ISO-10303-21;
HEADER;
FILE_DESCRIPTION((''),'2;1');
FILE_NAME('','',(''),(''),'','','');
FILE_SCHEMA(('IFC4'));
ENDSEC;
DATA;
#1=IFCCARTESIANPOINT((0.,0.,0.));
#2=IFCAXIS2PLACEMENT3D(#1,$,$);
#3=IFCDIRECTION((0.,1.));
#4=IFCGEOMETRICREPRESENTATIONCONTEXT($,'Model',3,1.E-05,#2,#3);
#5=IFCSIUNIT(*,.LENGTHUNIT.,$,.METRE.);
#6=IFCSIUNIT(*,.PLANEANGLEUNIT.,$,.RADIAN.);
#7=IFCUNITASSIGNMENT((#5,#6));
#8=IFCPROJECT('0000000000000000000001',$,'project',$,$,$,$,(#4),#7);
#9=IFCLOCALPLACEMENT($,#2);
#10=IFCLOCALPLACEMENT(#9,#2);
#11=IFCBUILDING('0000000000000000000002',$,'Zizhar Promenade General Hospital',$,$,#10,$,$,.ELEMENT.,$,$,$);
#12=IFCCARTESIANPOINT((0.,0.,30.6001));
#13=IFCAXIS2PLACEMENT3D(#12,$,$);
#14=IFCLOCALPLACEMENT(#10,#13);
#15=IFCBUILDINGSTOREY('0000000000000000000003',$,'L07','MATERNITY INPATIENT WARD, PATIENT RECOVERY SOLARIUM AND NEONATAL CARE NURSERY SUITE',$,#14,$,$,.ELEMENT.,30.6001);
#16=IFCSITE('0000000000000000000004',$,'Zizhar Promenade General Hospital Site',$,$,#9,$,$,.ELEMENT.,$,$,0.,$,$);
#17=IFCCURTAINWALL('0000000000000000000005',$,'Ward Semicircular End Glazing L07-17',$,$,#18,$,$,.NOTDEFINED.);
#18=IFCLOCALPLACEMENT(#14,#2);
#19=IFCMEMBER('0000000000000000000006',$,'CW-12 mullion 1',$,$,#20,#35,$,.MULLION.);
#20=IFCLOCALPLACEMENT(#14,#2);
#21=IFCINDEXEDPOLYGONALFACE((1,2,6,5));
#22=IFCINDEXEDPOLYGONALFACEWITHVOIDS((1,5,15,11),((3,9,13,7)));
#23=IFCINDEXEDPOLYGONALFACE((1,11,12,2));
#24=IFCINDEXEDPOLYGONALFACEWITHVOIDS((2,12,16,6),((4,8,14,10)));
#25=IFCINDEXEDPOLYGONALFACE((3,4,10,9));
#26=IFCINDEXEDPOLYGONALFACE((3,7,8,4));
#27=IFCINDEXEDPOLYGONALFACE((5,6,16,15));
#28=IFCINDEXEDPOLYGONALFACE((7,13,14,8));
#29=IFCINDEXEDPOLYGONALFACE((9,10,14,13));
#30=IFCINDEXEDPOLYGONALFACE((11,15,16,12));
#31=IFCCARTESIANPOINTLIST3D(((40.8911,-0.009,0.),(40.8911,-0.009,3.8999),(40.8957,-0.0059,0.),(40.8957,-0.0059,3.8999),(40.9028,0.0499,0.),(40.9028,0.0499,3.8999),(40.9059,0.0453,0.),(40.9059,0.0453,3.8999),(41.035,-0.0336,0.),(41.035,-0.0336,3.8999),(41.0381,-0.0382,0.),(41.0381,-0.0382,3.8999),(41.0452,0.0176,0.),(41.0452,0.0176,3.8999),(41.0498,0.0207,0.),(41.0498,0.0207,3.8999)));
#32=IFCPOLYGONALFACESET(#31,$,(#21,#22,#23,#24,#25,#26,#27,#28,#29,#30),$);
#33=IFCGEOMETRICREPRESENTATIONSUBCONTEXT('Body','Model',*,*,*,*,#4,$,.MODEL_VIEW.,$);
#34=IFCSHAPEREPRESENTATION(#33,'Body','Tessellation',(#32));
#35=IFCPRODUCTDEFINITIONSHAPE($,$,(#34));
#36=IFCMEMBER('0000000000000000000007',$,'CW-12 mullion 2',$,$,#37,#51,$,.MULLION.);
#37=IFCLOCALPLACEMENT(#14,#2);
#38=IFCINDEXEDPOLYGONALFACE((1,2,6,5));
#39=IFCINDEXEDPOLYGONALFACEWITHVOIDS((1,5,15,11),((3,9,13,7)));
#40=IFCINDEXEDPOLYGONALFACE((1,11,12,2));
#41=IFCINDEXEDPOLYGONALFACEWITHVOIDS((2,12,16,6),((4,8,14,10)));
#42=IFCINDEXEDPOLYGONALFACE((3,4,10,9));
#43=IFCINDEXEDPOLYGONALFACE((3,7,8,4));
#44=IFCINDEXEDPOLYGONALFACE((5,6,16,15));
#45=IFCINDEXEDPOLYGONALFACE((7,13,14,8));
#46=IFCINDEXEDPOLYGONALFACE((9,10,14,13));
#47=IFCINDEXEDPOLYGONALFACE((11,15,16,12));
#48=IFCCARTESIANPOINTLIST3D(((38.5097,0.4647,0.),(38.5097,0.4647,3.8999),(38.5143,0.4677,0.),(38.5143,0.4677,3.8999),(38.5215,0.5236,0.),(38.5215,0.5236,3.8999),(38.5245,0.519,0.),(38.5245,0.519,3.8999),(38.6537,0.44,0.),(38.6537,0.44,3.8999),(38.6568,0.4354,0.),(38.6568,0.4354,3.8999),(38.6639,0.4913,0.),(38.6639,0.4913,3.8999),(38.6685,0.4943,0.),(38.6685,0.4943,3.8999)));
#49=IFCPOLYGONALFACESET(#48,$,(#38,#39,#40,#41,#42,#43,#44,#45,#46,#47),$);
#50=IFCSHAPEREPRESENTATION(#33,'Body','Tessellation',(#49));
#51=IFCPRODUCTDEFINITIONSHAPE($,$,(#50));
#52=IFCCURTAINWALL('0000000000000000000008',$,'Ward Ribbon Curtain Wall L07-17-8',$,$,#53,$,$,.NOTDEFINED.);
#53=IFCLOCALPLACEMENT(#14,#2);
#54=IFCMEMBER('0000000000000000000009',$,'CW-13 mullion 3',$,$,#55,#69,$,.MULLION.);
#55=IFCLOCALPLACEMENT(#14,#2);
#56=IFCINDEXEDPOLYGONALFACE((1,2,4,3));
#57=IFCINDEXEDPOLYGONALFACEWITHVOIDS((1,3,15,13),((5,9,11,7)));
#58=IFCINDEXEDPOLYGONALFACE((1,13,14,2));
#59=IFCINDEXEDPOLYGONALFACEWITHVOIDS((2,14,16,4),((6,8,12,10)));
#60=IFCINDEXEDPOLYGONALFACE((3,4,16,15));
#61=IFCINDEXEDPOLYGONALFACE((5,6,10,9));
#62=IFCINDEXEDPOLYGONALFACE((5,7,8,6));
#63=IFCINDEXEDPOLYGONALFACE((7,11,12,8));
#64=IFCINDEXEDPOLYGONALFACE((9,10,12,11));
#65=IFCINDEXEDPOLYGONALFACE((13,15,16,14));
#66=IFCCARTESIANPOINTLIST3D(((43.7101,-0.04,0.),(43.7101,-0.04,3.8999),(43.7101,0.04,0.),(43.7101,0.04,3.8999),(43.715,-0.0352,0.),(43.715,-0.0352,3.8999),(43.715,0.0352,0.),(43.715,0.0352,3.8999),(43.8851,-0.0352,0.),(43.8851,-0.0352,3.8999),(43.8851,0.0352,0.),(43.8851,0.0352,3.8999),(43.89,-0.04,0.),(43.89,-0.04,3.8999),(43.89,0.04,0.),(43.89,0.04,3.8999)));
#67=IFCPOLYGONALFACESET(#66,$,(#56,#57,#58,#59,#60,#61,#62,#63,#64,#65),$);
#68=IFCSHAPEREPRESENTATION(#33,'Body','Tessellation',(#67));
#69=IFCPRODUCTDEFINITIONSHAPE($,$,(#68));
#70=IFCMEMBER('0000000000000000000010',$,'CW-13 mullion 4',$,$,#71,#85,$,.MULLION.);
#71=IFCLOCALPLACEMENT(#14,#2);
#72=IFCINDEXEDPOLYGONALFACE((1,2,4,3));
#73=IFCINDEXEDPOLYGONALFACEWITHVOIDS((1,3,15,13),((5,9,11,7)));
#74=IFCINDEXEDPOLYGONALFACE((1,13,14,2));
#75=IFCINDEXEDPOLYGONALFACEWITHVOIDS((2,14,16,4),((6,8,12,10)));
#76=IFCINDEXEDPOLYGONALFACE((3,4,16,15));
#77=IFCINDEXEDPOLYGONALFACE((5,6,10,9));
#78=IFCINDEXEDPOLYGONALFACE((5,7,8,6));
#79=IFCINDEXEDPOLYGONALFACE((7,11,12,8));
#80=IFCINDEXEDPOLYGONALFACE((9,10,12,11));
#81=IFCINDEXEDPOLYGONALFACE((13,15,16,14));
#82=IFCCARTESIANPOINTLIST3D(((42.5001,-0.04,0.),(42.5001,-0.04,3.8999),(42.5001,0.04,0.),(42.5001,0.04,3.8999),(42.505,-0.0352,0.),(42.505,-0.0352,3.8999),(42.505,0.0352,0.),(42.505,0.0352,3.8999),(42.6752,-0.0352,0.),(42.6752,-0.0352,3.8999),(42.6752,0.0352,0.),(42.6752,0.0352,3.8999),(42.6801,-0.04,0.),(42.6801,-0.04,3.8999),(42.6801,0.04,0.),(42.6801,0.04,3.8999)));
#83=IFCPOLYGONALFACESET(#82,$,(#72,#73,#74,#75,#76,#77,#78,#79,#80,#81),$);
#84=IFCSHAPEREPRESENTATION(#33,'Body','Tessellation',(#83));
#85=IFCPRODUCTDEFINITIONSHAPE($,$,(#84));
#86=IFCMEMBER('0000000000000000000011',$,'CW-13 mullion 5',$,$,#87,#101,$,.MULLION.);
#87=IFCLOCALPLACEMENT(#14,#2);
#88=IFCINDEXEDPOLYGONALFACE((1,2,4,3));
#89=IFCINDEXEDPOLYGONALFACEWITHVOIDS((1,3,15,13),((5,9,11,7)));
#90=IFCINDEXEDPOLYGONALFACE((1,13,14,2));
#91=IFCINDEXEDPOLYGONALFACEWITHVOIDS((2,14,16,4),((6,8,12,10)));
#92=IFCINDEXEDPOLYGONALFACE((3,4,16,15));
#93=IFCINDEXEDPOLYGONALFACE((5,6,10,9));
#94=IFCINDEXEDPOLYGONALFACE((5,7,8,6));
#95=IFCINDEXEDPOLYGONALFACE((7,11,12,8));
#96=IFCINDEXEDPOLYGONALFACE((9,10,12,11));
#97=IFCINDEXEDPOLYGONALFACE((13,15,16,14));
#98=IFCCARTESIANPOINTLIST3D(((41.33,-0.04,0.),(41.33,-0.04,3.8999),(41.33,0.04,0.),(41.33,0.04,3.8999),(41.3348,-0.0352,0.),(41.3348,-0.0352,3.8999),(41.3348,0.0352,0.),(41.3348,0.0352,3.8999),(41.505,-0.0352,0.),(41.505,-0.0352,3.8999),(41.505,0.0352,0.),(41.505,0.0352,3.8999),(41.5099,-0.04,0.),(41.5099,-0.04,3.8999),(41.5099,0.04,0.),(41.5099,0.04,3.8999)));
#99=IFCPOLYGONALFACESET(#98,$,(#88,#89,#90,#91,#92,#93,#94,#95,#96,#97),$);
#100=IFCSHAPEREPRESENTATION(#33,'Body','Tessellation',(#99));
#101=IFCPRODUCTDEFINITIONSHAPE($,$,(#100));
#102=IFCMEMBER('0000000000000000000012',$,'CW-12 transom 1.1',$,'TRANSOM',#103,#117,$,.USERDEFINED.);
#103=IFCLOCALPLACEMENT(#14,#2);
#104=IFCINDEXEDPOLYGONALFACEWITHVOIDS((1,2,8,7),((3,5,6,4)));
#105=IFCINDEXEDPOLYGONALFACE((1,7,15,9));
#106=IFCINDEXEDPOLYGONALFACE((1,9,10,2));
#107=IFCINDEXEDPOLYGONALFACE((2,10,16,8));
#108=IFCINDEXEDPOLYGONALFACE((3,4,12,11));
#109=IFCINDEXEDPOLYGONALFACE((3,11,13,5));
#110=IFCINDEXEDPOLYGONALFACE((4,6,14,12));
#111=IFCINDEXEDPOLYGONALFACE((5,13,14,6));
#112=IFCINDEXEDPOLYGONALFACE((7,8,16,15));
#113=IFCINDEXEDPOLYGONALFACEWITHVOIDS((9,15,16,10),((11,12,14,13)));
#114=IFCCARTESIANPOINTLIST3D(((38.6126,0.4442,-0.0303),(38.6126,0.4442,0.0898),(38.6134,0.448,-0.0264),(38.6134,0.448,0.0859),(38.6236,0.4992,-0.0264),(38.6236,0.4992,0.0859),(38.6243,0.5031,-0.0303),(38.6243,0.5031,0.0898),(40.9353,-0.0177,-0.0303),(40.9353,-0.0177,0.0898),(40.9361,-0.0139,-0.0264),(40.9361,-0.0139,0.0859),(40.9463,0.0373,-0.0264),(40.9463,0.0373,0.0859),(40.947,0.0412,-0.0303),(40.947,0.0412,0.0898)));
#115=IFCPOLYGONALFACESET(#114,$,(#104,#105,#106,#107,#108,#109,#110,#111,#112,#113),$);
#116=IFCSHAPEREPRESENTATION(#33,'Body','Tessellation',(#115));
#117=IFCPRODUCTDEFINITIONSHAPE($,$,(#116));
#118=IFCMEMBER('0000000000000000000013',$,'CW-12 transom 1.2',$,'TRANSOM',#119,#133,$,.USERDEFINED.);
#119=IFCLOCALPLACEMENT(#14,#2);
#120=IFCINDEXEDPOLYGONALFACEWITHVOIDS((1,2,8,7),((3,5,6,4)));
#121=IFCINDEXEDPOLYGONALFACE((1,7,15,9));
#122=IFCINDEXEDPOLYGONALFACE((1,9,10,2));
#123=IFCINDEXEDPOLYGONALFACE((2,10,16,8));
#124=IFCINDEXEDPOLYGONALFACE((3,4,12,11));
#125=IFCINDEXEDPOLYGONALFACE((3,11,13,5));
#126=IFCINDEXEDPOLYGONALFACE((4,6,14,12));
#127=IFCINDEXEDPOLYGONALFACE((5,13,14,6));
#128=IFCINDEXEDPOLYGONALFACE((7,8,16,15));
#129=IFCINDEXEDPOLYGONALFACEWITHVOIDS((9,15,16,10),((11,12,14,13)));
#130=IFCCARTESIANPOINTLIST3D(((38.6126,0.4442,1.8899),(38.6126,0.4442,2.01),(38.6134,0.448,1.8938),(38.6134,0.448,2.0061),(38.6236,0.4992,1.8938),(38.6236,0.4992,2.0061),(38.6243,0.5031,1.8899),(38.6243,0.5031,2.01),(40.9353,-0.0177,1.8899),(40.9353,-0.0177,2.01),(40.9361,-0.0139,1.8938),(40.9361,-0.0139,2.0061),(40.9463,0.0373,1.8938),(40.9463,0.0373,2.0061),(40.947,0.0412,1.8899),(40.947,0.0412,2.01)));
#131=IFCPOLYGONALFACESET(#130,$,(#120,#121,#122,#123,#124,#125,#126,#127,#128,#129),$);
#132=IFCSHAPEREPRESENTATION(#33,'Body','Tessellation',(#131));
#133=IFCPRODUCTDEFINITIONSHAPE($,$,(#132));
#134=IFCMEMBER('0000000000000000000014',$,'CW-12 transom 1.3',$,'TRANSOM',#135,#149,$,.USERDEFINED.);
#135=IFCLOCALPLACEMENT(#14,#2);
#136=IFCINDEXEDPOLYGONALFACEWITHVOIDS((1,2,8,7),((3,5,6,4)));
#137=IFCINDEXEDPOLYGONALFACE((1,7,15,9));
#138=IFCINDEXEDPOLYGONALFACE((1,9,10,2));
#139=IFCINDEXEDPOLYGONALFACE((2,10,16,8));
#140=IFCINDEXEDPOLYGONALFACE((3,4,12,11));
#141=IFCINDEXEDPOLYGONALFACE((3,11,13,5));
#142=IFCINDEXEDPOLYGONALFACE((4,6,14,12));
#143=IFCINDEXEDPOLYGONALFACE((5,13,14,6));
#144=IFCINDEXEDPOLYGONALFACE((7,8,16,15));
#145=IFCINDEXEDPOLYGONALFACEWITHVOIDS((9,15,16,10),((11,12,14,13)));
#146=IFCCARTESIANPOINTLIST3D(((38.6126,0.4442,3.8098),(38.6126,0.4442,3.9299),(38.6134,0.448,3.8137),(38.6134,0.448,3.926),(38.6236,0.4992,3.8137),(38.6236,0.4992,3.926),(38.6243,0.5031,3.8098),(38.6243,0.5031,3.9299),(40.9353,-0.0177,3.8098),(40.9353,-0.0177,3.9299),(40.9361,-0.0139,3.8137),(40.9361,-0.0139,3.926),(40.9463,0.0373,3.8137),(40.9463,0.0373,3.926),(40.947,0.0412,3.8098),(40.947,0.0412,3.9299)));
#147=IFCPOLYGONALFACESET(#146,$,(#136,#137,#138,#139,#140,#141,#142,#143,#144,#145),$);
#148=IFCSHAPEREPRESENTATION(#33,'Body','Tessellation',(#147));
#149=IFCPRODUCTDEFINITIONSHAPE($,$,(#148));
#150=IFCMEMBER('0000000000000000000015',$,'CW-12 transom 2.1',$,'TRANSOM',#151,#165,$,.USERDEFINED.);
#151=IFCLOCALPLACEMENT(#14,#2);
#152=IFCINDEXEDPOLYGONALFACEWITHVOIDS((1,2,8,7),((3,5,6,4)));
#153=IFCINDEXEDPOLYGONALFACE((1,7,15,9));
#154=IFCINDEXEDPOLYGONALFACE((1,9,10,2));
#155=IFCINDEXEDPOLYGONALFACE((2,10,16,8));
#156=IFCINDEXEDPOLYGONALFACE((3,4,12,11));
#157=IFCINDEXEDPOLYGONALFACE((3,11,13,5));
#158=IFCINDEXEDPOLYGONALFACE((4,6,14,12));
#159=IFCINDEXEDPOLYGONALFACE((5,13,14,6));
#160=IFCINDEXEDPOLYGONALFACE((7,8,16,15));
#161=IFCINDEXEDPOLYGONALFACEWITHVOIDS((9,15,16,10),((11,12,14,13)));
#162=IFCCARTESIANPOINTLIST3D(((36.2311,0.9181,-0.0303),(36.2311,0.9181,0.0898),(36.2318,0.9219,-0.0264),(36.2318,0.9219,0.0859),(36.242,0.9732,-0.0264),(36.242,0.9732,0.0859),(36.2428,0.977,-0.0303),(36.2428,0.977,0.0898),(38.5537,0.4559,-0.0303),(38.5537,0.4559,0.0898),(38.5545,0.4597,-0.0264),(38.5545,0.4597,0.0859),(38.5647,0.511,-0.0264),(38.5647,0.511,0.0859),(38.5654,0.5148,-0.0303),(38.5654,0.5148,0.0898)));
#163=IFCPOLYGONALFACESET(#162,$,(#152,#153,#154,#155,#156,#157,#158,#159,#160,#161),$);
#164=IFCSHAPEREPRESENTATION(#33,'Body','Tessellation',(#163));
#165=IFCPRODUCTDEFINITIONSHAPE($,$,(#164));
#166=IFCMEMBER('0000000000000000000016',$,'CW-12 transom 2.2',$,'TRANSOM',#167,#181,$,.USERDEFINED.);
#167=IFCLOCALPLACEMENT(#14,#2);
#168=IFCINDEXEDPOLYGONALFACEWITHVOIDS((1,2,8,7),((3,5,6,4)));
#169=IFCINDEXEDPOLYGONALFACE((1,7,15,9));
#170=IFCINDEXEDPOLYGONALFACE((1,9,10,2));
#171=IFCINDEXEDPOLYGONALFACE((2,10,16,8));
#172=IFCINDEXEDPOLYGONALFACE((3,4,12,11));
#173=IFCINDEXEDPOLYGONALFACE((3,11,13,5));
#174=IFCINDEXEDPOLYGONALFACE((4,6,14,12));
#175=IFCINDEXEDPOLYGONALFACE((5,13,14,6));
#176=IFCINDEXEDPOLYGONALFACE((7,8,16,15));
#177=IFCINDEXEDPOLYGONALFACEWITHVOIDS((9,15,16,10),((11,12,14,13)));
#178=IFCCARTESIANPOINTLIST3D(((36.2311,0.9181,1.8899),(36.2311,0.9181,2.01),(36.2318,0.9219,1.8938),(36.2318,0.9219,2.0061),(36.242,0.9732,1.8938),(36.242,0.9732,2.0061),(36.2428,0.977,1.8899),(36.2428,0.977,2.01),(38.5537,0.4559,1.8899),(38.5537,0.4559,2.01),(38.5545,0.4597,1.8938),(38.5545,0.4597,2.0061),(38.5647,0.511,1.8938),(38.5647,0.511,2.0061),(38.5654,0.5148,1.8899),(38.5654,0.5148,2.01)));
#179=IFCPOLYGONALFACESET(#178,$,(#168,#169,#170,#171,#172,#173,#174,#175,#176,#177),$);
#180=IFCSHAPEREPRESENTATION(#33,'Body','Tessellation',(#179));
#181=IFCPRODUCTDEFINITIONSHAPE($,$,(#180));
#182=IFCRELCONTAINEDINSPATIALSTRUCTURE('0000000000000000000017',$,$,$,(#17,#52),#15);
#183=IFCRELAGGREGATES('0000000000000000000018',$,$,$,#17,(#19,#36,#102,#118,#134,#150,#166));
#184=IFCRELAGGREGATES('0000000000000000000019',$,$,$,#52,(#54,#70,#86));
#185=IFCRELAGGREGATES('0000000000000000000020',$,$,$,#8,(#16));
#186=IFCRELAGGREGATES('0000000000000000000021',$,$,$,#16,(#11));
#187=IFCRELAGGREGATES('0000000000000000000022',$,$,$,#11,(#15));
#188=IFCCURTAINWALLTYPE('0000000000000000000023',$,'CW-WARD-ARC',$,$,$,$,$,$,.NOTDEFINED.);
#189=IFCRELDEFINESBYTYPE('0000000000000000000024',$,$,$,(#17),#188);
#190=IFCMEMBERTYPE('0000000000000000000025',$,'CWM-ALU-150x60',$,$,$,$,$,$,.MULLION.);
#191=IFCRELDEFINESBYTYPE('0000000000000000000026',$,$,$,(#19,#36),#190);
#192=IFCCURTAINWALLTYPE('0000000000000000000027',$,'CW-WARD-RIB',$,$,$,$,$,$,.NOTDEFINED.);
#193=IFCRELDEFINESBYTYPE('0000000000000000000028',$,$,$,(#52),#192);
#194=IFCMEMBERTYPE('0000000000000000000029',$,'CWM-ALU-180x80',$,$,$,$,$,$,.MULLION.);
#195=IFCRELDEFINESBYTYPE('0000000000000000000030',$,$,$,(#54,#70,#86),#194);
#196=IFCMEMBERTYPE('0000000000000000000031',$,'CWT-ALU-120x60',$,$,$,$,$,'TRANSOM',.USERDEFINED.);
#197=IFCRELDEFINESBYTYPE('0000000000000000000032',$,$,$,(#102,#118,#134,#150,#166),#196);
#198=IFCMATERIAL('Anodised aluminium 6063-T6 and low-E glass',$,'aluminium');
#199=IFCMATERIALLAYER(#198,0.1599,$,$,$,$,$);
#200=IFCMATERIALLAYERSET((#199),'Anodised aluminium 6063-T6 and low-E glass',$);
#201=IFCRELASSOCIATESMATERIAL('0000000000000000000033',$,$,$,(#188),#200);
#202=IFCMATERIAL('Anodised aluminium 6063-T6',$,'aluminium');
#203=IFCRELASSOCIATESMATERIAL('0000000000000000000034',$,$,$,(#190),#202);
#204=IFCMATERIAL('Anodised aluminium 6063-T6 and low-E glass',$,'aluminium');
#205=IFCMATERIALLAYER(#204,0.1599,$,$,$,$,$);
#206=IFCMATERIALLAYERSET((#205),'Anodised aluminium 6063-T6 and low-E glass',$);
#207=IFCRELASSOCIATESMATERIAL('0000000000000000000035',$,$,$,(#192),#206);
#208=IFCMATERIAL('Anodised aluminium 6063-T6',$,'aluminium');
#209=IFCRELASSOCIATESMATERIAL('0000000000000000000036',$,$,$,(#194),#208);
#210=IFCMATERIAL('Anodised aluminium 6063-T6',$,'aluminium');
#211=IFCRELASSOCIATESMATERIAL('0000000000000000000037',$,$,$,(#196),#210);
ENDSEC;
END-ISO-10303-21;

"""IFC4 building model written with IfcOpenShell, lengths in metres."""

from ifc_helpers import new_model, si_unit, direction, frame, origin, origin_2d, place, context, subcontext, project, spatial, hollow_rectangle, extrude, material, layer, layer_set, material_profile, profile_set, type_object, element, aggregate, save


model = new_model("IFC4")

# Units and contexts
model_context = context("Model", 3, precision=1e-05, world=origin(), true_north=direction((0.0, 1.0)))
body_context = subcontext(model_context, "Body", "Model", "MODEL_VIEW")
ifc_project = project(units=[si_unit("LENGTHUNIT", "METRE"), si_unit("PLANEANGLEUNIT", "RADIAN")], contexts=[model_context])

# Site, building, storey
site_placement = place(None, origin())
site = spatial("IfcSite", under=ifc_project, at=site_placement, Name="Zizhar Promenade General Hospital Site", CompositionType="ELEMENT", RefElevation=0.0)
building_placement = place(site_placement, origin())
building = spatial("IfcBuilding", under=site, at=building_placement, Name="Zizhar Promenade General Hospital", CompositionType="ELEMENT")
storey_placement = place(building_placement, frame((0.0, 0.0, 30.6001)))
storey = spatial("IfcBuildingStorey", under=building, at=storey_placement, Name="L07", Description="MATERNITY INPATIENT WARD, PATIENT RECOVERY SOLARIUM AND NEONATAL CARE NURSERY SUITE", CompositionType="ELEMENT", Elevation=30.6001)

# Curtain walls, members
ifc_material_1 = material(Name="Anodised aluminium 6063-T6 and low-E glass", Category="aluminium")
ifc_layer_1 = layer(ifc_material_1, 0.1599)
ifc_layer_set_1 = layer_set([ifc_layer_1], Name="Anodised aluminium 6063-T6 and low-E glass")
curtain_wall_type_1 = type_object("IfcCurtainWallType", Name="CW-WARD-ARC", PredefinedType="NOTDEFINED", material=ifc_layer_set_1)
curtain_wall_1_placement = place(storey_placement, origin())
curtain_wall_1 = element("IfcCurtainWall", 1, at=curtain_wall_1_placement, inside=storey, type_object=curtain_wall_type_1, Name="Ward Semicircular End Glazing L07-17", PredefinedType="NOTDEFINED")
ifc_material_2 = material(Name="Anodised aluminium 6063-T6", Category="aluminium")
ifc_material_profile_1 = material_profile(ifc_material_2, hollow_rectangle(XDim=0.0601, YDim=0.1499, WallThickness=0.0039, at=origin_2d()))
ifc_profile_set_1 = profile_set([ifc_material_profile_1], Name="Anodised aluminium 6063-T6")
member_type_1 = type_object("IfcMemberType", Name="CWM-ALU-150x60", PredefinedType="MULLION", material=ifc_profile_set_1)
member_1_placement = place(storey_placement, frame((40.9705, 0.0059, 0.0), z_axis=(0.0, 0.0, 1.0), x_axis=(-0.195087, -0.980786, 0.0)))
member_1 = element("IfcMember", 2, at=member_1_placement, type_object=member_type_1, Name="CW-12 mullion 1", PredefinedType="MULLION", context=body_context, shape_type="SweptSolid", body=[
    extrude(hollow_rectangle(XDim=0.0601, YDim=0.1499, WallThickness=0.0039, at=origin_2d()), origin(), (0.0, 0.0, 1.0), 3.8999),
])
member_2_placement = place(storey_placement, frame((38.5891, 0.4795, 0.0), z_axis=(0.0, 0.0, 1.0), x_axis=(-0.195087, -0.980786, 0.0)))
member_2 = element("IfcMember", 3, at=member_2_placement, type_object=member_type_1, Name="CW-12 mullion 2", PredefinedType="MULLION", context=body_context, shape_type="SweptSolid", body=[
    extrude(hollow_rectangle(XDim=0.0601, YDim=0.1499, WallThickness=0.0039, at=origin_2d()), origin(), (0.0, 0.0, 1.0), 3.8999),
])
ifc_material_3 = material(Name="Anodised aluminium 6063-T6 and low-E glass", Category="aluminium")
ifc_layer_2 = layer(ifc_material_3, 0.1599)
ifc_layer_set_2 = layer_set([ifc_layer_2], Name="Anodised aluminium 6063-T6 and low-E glass")
curtain_wall_type_2 = type_object("IfcCurtainWallType", Name="CW-WARD-RIB", PredefinedType="NOTDEFINED", material=ifc_layer_set_2)
curtain_wall_2_placement = place(storey_placement, origin())
curtain_wall_2 = element("IfcCurtainWall", 4, at=curtain_wall_2_placement, inside=storey, type_object=curtain_wall_type_2, Name="Ward Ribbon Curtain Wall L07-17-8", PredefinedType="NOTDEFINED")
ifc_material_4 = material(Name="Anodised aluminium 6063-T6", Category="aluminium")
ifc_material_profile_2 = material_profile(ifc_material_4, hollow_rectangle(XDim=0.0801, YDim=0.1799, WallThickness=0.0049, at=origin_2d()))
ifc_profile_set_2 = profile_set([ifc_material_profile_2], Name="Anodised aluminium 6063-T6")
member_type_2 = type_object("IfcMemberType", Name="CWM-ALU-180x80", PredefinedType="MULLION", material=ifc_profile_set_2)
member_3_placement = place(storey_placement, frame((43.8, 0.0, 0.0), z_axis=(0.0, 0.0, 1.0), x_axis=(0.0, -1.0, 0.0)))
member_3 = element("IfcMember", 5, at=member_3_placement, type_object=member_type_2, Name="CW-13 mullion 3", PredefinedType="MULLION", context=body_context, shape_type="SweptSolid", body=[
    extrude(hollow_rectangle(XDim=0.0801, YDim=0.1799, WallThickness=0.0049, at=origin_2d()), origin(), (0.0, 0.0, 1.0), 3.8999),
])
member_4_placement = place(storey_placement, frame((42.5901, 0.0, 0.0), z_axis=(0.0, 0.0, 1.0), x_axis=(0.0, -1.0, 0.0)))
member_4 = element("IfcMember", 6, at=member_4_placement, type_object=member_type_2, Name="CW-13 mullion 4", PredefinedType="MULLION", context=body_context, shape_type="SweptSolid", body=[
    extrude(hollow_rectangle(XDim=0.0801, YDim=0.1799, WallThickness=0.0049, at=origin_2d()), origin(), (0.0, 0.0, 1.0), 3.8999),
])
member_5_placement = place(storey_placement, frame((41.4199, 0.0, 0.0), z_axis=(0.0, 0.0, 1.0), x_axis=(0.0, -1.0, 0.0)))
member_5 = element("IfcMember", 7, at=member_5_placement, type_object=member_type_2, Name="CW-13 mullion 5", PredefinedType="MULLION", context=body_context, shape_type="SweptSolid", body=[
    extrude(hollow_rectangle(XDim=0.0801, YDim=0.1799, WallThickness=0.0049, at=origin_2d()), origin(), (0.0, 0.0, 1.0), 3.8999),
])

# Members
ifc_material_5 = material(Name="Anodised aluminium 6063-T6", Category="aluminium")
ifc_material_profile_3 = material_profile(ifc_material_5, hollow_rectangle(XDim=0.0601, YDim=0.1201, WallThickness=0.0039, at=origin_2d()))
ifc_profile_set_3 = profile_set([ifc_material_profile_3], Name="Anodised aluminium 6063-T6")
member_type_3 = type_object("IfcMemberType", Name="CWT-ALU-120x60", ElementType="TRANSOM", PredefinedType="USERDEFINED", material=ifc_profile_set_3)
member_6_placement = place(storey_placement, frame((40.9412, 0.0117, 0.0298), z_axis=(-0.980794, 0.195045, 0.0), x_axis=(-0.195045, -0.980794, 0.0)))
member_6 = element("IfcMember", 8, at=member_6_placement, type_object=member_type_3, Name="CW-12 transom 1.1", ObjectType="TRANSOM", PredefinedType="USERDEFINED", context=body_context, shape_type="SweptSolid", body=[
    extrude(hollow_rectangle(XDim=0.0601, YDim=0.1201, WallThickness=0.0039, at=origin_2d()), origin(), (0.0, 0.0, 1.0), 2.3682),
])
member_7_placement = place(storey_placement, frame((40.9412, 0.0117, 1.95), z_axis=(-0.980794, 0.195045, 0.0), x_axis=(-0.195045, -0.980794, 0.0)))
member_7 = element("IfcMember", 9, at=member_7_placement, type_object=member_type_3, Name="CW-12 transom 1.2", ObjectType="TRANSOM", PredefinedType="USERDEFINED", context=body_context, shape_type="SweptSolid", body=[
    extrude(hollow_rectangle(XDim=0.0601, YDim=0.1201, WallThickness=0.0039, at=origin_2d()), origin(), (0.0, 0.0, 1.0), 2.3682),
])
member_8_placement = place(storey_placement, frame((40.9412, 0.0117, 3.8699), z_axis=(-0.980794, 0.195045, 0.0), x_axis=(-0.195045, -0.980794, 0.0)))
member_8 = element("IfcMember", 10, at=member_8_placement, type_object=member_type_3, Name="CW-12 transom 1.3", ObjectType="TRANSOM", PredefinedType="USERDEFINED", context=body_context, shape_type="SweptSolid", body=[
    extrude(hollow_rectangle(XDim=0.0601, YDim=0.1201, WallThickness=0.0039, at=origin_2d()), origin(), (0.0, 0.0, 1.0), 2.3682),
])
member_9_placement = place(storey_placement, frame((38.5596, 0.4854, 0.0298), z_axis=(-0.980771, 0.195164, 0.0), x_axis=(-0.195164, -0.980771, 0.0)))
member_9 = element("IfcMember", 11, at=member_9_placement, type_object=member_type_3, Name="CW-12 transom 2.1", ObjectType="TRANSOM", PredefinedType="USERDEFINED", context=body_context, shape_type="SweptSolid", body=[
    extrude(hollow_rectangle(XDim=0.0601, YDim=0.1201, WallThickness=0.0039, at=origin_2d()), origin(), (0.0, 0.0, 1.0), 2.3682),
])
member_10_placement = place(storey_placement, frame((38.5596, 0.4854, 1.95), z_axis=(-0.980771, 0.195164, 0.0), x_axis=(-0.195164, -0.980771, 0.0)))
member_10 = element("IfcMember", 12, at=member_10_placement, type_object=member_type_3, Name="CW-12 transom 2.2", ObjectType="TRANSOM", PredefinedType="USERDEFINED", context=body_context, shape_type="SweptSolid", body=[
    extrude(hollow_rectangle(XDim=0.0601, YDim=0.1201, WallThickness=0.0039, at=origin_2d()), origin(), (0.0, 0.0, 1.0), 2.3682),
])

aggregate(curtain_wall_1, [member_1, member_2, member_6, member_7, member_8, member_9, member_10])
aggregate(curtain_wall_2, [member_3, member_4, member_5])

save(model, "model.ifc")
